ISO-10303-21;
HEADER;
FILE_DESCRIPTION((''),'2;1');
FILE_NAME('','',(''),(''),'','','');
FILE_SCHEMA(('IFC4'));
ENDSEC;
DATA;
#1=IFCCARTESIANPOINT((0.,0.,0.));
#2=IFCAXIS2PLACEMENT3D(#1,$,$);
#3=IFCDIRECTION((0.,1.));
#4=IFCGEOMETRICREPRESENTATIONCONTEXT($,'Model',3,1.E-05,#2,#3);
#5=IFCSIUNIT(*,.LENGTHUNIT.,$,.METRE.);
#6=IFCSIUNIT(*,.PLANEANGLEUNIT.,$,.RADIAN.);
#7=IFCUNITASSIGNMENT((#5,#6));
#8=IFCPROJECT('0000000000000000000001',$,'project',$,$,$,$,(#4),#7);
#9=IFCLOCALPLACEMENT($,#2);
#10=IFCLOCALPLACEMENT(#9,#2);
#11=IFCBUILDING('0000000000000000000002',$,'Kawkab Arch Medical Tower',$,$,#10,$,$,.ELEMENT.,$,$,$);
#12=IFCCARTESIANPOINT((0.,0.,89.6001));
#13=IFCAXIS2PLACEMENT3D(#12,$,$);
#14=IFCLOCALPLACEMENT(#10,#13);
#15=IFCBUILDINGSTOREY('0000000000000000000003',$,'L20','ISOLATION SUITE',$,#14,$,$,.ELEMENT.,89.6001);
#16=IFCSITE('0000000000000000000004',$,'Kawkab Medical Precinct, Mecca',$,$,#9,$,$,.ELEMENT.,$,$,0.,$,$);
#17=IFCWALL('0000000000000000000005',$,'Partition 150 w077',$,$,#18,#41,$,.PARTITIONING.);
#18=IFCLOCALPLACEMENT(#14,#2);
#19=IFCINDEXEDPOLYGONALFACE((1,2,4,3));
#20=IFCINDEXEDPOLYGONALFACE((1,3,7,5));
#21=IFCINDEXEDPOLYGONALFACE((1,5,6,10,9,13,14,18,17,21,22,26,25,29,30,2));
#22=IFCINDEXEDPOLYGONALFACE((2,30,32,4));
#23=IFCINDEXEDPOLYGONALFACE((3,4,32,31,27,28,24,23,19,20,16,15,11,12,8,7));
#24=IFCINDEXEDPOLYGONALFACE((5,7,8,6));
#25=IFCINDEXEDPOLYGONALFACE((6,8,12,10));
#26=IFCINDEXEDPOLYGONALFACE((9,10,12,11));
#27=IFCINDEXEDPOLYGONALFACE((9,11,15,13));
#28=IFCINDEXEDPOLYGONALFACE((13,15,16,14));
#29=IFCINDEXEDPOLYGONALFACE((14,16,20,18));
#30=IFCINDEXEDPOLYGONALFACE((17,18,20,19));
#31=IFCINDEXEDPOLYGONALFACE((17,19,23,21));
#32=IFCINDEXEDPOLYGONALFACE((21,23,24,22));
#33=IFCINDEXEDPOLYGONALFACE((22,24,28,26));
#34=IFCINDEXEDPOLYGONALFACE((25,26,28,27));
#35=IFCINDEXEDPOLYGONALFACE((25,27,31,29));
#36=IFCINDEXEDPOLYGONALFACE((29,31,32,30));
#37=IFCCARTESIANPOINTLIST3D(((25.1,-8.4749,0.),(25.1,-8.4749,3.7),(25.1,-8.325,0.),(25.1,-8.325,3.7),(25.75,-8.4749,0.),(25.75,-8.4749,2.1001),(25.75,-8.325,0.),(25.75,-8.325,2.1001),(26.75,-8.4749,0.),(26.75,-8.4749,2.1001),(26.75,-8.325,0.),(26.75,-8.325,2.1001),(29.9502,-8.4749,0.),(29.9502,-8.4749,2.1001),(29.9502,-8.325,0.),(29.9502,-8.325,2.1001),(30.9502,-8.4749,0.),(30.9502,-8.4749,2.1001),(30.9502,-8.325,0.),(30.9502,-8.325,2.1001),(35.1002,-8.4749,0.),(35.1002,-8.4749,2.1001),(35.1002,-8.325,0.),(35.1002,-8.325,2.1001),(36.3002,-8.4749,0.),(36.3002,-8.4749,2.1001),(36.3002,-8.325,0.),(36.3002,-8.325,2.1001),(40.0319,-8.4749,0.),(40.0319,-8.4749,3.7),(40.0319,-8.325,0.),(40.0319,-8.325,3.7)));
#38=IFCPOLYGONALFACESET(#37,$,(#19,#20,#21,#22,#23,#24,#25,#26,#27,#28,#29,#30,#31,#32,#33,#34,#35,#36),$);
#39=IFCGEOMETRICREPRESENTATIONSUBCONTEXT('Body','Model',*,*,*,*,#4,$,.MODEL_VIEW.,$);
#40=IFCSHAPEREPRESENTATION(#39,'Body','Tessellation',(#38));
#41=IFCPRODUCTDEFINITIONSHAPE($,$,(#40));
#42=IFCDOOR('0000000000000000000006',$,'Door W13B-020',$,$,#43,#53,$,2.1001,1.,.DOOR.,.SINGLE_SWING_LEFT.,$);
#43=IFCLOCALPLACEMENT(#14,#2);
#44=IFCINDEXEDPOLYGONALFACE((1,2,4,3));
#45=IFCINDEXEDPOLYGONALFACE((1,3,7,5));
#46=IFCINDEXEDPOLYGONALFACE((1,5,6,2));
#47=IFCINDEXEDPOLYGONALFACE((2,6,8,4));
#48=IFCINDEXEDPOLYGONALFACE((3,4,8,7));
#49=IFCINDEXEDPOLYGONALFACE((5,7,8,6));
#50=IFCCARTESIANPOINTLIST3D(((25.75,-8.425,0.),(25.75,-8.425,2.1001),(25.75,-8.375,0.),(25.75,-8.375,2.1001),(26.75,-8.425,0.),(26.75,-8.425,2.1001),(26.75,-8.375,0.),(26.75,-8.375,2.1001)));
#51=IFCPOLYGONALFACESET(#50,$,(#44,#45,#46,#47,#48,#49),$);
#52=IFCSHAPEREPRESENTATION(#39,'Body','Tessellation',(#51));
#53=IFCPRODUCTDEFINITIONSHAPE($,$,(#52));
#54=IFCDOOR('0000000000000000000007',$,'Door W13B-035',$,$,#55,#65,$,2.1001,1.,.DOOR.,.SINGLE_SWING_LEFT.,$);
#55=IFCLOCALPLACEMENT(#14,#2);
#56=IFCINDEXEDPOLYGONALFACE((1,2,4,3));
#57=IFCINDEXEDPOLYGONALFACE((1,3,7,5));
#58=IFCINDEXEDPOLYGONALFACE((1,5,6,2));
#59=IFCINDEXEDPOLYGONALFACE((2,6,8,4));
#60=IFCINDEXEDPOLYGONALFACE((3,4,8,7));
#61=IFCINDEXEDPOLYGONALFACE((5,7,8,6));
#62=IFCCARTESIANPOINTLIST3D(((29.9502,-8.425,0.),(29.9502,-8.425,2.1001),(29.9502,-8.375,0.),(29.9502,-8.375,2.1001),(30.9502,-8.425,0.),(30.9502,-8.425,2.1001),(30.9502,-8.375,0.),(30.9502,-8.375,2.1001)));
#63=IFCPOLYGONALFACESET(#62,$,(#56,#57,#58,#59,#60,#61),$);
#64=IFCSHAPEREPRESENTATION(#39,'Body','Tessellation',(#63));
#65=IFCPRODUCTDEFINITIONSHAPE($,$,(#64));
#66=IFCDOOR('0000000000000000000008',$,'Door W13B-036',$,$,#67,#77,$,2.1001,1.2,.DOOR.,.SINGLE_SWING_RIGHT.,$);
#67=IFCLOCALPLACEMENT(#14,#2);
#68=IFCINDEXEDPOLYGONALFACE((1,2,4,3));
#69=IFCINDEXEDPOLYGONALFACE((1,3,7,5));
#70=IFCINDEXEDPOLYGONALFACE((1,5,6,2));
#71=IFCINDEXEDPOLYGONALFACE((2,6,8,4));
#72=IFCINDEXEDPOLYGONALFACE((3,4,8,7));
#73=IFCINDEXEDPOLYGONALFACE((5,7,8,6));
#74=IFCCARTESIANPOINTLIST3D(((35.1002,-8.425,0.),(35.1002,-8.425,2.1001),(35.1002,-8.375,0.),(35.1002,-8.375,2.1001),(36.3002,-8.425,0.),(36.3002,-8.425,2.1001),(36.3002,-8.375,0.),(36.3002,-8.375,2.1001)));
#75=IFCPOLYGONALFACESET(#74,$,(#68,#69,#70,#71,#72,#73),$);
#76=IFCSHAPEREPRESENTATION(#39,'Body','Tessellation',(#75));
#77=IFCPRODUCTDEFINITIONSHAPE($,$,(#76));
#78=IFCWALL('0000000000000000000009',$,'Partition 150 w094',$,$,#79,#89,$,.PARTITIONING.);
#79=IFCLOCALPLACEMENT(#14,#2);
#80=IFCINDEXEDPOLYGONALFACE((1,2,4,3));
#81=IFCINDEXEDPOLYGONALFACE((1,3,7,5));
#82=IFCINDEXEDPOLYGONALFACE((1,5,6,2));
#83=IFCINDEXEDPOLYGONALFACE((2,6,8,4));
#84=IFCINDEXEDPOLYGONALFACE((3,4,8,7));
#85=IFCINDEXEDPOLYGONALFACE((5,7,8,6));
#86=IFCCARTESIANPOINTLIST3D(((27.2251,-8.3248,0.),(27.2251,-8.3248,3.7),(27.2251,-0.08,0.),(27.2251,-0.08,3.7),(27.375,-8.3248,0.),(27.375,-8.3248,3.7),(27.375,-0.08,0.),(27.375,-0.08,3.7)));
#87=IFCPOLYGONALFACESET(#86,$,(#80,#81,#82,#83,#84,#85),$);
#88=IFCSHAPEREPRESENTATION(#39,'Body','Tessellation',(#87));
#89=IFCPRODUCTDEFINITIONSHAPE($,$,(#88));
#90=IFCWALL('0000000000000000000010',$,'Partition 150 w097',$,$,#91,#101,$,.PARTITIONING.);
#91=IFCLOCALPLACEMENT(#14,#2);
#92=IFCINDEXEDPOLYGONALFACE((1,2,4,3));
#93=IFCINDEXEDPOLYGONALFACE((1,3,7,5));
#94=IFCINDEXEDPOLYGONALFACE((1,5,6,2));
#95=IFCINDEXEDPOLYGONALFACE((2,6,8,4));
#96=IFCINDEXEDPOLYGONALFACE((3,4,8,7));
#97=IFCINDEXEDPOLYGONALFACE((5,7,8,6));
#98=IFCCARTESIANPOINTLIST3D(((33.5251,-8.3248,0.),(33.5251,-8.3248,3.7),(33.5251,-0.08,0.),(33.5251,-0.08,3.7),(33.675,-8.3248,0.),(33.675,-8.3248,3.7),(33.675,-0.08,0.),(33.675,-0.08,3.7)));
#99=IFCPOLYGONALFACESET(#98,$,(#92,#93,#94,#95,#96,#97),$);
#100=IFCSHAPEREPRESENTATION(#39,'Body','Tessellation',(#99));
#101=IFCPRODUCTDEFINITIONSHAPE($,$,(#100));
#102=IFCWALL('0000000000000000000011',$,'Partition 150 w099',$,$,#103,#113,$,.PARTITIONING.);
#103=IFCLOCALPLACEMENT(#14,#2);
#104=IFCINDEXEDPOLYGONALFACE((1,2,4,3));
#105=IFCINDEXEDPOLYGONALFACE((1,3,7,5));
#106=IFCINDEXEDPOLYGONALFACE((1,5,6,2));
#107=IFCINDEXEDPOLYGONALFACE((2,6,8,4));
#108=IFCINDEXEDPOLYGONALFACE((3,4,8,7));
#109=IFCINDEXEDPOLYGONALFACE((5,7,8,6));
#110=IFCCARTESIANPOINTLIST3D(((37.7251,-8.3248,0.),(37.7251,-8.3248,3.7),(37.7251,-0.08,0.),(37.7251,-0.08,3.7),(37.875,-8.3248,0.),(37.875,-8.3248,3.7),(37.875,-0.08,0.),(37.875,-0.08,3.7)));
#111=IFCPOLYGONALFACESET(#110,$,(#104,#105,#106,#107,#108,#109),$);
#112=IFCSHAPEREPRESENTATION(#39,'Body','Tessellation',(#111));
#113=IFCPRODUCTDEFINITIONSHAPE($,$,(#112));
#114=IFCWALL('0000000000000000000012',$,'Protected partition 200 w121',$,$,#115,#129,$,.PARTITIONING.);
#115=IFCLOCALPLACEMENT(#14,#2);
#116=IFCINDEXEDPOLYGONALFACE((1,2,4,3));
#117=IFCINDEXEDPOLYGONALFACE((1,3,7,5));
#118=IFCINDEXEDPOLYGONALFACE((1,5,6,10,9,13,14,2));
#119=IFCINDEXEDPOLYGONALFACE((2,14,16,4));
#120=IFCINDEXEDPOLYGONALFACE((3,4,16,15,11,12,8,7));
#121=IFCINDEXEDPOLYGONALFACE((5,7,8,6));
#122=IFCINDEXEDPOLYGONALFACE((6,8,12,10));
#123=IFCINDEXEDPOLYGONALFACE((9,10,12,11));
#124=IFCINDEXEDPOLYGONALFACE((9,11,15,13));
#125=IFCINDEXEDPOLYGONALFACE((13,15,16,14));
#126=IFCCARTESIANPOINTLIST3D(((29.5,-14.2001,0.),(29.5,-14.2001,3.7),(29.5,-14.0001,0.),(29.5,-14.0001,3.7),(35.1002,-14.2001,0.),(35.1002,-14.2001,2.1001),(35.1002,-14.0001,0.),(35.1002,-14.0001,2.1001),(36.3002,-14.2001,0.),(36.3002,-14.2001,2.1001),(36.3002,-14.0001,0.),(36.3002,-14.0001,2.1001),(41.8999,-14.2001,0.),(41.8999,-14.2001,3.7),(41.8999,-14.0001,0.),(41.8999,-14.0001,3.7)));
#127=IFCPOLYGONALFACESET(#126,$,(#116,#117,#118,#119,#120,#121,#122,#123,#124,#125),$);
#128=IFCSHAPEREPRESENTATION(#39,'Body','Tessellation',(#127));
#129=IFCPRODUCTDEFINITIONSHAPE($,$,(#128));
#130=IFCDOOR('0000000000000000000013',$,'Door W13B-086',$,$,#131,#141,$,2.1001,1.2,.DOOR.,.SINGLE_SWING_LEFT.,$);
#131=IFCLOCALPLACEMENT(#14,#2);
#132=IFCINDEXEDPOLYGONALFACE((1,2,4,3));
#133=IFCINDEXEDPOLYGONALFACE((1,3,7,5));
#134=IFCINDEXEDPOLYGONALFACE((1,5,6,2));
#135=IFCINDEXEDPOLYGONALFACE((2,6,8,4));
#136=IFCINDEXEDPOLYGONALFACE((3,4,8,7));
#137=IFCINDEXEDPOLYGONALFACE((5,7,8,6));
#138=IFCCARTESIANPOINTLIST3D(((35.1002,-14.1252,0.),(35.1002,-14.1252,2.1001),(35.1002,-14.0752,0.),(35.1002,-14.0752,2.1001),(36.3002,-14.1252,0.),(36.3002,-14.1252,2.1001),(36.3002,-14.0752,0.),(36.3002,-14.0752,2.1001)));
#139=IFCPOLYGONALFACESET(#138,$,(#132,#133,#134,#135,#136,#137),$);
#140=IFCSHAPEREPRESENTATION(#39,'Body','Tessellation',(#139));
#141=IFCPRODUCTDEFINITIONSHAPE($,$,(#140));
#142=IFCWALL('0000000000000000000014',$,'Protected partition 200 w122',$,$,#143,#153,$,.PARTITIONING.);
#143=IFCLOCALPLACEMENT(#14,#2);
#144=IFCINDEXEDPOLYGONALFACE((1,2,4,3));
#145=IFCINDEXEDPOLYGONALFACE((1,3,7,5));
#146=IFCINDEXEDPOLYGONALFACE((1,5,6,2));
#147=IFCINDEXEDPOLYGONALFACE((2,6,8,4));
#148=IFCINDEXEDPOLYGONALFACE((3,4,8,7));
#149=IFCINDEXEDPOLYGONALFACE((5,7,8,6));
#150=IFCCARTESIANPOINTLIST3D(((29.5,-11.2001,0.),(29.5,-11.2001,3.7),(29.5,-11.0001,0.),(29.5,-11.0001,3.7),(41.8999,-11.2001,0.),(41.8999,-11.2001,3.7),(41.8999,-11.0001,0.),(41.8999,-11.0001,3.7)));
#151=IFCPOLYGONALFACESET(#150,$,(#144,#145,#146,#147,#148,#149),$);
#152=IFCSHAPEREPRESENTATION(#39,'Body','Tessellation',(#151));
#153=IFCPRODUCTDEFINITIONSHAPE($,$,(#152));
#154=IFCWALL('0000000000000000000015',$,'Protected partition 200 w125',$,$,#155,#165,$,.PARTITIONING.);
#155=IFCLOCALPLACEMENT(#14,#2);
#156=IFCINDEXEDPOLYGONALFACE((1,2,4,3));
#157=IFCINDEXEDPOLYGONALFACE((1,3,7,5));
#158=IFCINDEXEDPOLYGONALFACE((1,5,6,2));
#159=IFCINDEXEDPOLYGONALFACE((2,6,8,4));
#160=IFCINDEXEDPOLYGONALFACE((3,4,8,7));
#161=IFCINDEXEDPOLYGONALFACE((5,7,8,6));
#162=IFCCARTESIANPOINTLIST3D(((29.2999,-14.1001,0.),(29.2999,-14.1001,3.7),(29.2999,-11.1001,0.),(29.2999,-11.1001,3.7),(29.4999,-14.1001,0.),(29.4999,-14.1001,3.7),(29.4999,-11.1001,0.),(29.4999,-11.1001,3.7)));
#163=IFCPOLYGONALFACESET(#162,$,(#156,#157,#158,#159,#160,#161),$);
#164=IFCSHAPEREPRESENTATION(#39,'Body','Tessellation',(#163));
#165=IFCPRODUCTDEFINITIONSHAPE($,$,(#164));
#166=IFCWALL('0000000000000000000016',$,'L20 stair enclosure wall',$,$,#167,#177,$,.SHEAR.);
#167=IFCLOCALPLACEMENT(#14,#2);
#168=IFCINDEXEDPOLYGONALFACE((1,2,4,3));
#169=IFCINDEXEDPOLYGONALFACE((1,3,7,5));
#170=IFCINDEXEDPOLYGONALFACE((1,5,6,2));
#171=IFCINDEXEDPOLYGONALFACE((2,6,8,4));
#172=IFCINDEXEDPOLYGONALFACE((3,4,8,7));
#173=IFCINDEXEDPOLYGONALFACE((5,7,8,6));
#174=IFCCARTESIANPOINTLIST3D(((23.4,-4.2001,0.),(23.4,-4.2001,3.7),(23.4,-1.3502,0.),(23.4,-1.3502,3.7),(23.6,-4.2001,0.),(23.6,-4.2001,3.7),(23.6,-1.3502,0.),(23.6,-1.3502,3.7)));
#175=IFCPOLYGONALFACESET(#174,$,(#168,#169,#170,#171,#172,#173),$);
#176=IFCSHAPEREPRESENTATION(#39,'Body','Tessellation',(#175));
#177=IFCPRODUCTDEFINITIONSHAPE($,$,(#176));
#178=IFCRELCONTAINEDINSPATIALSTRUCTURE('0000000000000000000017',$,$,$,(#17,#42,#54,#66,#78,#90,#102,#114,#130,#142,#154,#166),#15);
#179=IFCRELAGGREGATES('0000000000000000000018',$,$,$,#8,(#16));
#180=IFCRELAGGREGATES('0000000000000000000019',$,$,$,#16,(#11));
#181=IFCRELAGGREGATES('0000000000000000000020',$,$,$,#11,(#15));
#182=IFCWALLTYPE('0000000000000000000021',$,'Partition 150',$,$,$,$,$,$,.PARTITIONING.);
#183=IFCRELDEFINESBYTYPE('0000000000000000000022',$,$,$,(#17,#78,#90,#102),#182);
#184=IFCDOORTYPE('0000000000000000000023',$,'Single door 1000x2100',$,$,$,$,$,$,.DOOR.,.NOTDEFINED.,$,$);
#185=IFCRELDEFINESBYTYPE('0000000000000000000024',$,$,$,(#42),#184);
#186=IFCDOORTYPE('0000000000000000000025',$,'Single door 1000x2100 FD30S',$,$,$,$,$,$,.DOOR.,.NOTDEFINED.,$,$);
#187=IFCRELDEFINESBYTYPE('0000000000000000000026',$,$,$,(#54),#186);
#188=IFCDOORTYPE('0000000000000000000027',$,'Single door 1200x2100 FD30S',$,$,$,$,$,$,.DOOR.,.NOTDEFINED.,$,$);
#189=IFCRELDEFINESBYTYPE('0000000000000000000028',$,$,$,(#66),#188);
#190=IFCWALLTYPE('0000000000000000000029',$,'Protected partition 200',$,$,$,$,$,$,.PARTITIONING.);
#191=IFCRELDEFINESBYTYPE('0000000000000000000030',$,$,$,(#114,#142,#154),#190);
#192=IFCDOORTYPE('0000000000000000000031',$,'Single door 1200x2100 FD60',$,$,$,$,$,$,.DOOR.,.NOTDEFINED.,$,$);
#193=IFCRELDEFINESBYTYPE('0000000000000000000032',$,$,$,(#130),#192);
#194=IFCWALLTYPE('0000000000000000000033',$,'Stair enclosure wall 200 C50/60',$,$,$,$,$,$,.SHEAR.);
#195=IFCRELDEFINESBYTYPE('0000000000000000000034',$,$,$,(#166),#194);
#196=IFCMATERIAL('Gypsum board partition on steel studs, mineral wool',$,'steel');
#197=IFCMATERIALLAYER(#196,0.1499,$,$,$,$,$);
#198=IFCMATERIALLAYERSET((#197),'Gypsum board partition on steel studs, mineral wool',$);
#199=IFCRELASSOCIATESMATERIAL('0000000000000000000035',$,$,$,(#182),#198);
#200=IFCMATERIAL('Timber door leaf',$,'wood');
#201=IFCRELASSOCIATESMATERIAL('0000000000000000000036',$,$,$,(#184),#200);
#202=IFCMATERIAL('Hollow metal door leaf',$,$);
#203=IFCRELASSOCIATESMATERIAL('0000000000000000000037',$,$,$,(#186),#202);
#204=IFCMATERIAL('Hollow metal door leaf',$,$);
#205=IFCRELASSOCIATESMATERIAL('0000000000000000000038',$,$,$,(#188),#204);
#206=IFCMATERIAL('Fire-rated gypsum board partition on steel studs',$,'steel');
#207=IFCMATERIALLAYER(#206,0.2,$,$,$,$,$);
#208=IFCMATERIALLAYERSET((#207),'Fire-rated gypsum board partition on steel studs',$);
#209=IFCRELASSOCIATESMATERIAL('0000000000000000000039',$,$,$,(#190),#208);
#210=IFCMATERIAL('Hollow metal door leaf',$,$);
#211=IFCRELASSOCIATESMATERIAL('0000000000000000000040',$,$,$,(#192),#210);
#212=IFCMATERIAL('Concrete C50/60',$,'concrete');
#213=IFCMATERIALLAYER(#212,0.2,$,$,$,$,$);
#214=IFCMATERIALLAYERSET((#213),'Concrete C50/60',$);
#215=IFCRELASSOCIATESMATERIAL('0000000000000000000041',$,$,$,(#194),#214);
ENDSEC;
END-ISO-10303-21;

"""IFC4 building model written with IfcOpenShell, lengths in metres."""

from ifc_helpers import new_model, si_unit, direction, frame, frame_2d, origin, place, context, subcontext, project, spatial, rectangle, extrude, material, layer, layer_set, type_object, element, fill, save


model = new_model("IFC4")

# Units and contexts
model_context = context("Model", 3, precision=1e-05, world=origin(), true_north=direction((0.0, 1.0)))
body_context = subcontext(model_context, "Body", "Model", "MODEL_VIEW")
ifc_project = project(units=[si_unit("LENGTHUNIT", "METRE"), si_unit("PLANEANGLEUNIT", "RADIAN")], contexts=[model_context])

# Site, building, storey
site_placement = place(None, origin())
site = spatial("IfcSite", under=ifc_project, at=site_placement, Name="Kawkab Medical Precinct, Mecca", CompositionType="ELEMENT", RefElevation=0.0)
building_placement = place(site_placement, origin())
building = spatial("IfcBuilding", under=site, at=building_placement, Name="Kawkab Arch Medical Tower", CompositionType="ELEMENT")
storey_placement = place(building_placement, frame((0.0, 0.0, 89.6001)))
storey = spatial("IfcBuildingStorey", under=building, at=storey_placement, Name="L20", Description="ISOLATION SUITE", CompositionType="ELEMENT", Elevation=89.6001)

# Wall, openings, doors
ifc_material_1 = material(Name="Gypsum board partition on steel studs, mineral wool", Category="steel")
ifc_layer_1 = layer(ifc_material_1, 0.1499)
ifc_layer_set_1 = layer_set([ifc_layer_1], Name="Gypsum board partition on steel studs, mineral wool")
wall_type_1 = type_object("IfcWallType", Name="Partition 150", PredefinedType="PARTITIONING", material=ifc_layer_set_1)
wall_1_placement = place(storey_placement, frame((25.1001, -8.3999, 0.0), z_axis=(0.0, 0.0, 1.0), x_axis=(1.0, 0.0, 0.0)))
wall_1 = element("IfcWall", 1, at=wall_1_placement, inside=storey, type_object=wall_type_1, Name="Partition 150 w077", PredefinedType="PARTITIONING", context=body_context, shape_type="SweptSolid", body=[
    extrude(rectangle(XDim=14.9319, YDim=0.1499, at=frame_2d((7.4658, 0.0))), origin(), (0.0, 0.0, 1.0), 3.7),
])
opening_1_placement = place(wall_1_placement, frame((10.0, 0.0, 0.0)))
opening_1 = element("IfcOpeningElement", 2, at=opening_1_placement, cuts=wall_1, PredefinedType="OPENING", context=body_context, shape_type="SweptSolid", body=[
    extrude(rectangle(XDim=1.2, YDim=2.1001, at=frame_2d((0.6001, 1.05))), frame((0.0, 0.085, 0.0), z_axis=(0.0, -1.0, 0.0), x_axis=(1.0, 0.0, 0.0)), (0.0, 0.0, 1.0), 0.1699),
])
opening_2_placement = place(wall_1_placement, frame((0.6499, 0.0, 0.0)))
opening_2 = element("IfcOpeningElement", 3, at=opening_2_placement, cuts=wall_1, PredefinedType="OPENING", context=body_context, shape_type="SweptSolid", body=[
    extrude(rectangle(XDim=1.0, YDim=2.1001, at=frame_2d((0.5, 1.05))), frame((0.0, 0.085, 0.0), z_axis=(0.0, -1.0, 0.0), x_axis=(1.0, 0.0, 0.0)), (0.0, 0.0, 1.0), 0.1699),
])
opening_3_placement = place(wall_1_placement, frame((4.8501, 0.0, 0.0)))
opening_3 = element("IfcOpeningElement", 4, at=opening_3_placement, cuts=wall_1, PredefinedType="OPENING", context=body_context, shape_type="SweptSolid", body=[
    extrude(rectangle(XDim=1.0, YDim=2.1001, at=frame_2d((0.5, 1.05))), frame((0.0, 0.085, 0.0), z_axis=(0.0, -1.0, 0.0), x_axis=(1.0, 0.0, 0.0)), (0.0, 0.0, 1.0), 0.1699),
])
ifc_material_2 = material(Name="Timber door leaf", Category="wood")
door_type_1 = type_object("IfcDoorType", Name="Single door 1000x2100", OperationType="NOTDEFINED", PredefinedType="DOOR", material=ifc_material_2)
door_1_placement = place(opening_2_placement, origin())
door_1 = element("IfcDoor", 5, at=door_1_placement, inside=storey, type_object=door_type_1, Name="Door W13B-020", OperationType="SINGLE_SWING_LEFT", OverallHeight=2.1001, OverallWidth=1.0, PredefinedType="DOOR", context=body_context, shape_type="SweptSolid", body=[
    extrude(rectangle(XDim=1.0, YDim=2.1001, at=frame_2d((0.5, 1.05))), frame((0.0, 0.0249, 0.0), z_axis=(0.0, -1.0, 0.0), x_axis=(1.0, 0.0, 0.0)), (0.0, 0.0, 1.0), 0.05),
])
fill(opening_2, door_1)
ifc_material_3 = material(Name="Hollow metal door leaf")
door_type_2 = type_object("IfcDoorType", Name="Single door 1000x2100 FD30S", OperationType="NOTDEFINED", PredefinedType="DOOR", material=ifc_material_3)
door_2_placement = place(opening_3_placement, origin())
door_2 = element("IfcDoor", 6, at=door_2_placement, inside=storey, type_object=door_type_2, Name="Door W13B-035", OperationType="SINGLE_SWING_LEFT", OverallHeight=2.1001, OverallWidth=1.0, PredefinedType="DOOR", context=body_context, shape_type="SweptSolid", body=[
    extrude(rectangle(XDim=1.0, YDim=2.1001, at=frame_2d((0.5, 1.05))), frame((0.0, 0.0249, 0.0), z_axis=(0.0, -1.0, 0.0), x_axis=(1.0, 0.0, 0.0)), (0.0, 0.0, 1.0), 0.05),
])
fill(opening_3, door_2)
ifc_material_4 = material(Name="Hollow metal door leaf")
door_type_3 = type_object("IfcDoorType", Name="Single door 1200x2100 FD30S", OperationType="NOTDEFINED", PredefinedType="DOOR", material=ifc_material_4)
door_3_placement = place(opening_1_placement, origin())
door_3 = element("IfcDoor", 7, at=door_3_placement, inside=storey, type_object=door_type_3, Name="Door W13B-036", OperationType="SINGLE_SWING_RIGHT", OverallHeight=2.1001, OverallWidth=1.2, PredefinedType="DOOR", context=body_context, shape_type="SweptSolid", body=[
    extrude(rectangle(XDim=1.2, YDim=2.1001, at=frame_2d((0.6001, 1.05))), frame((0.0, 0.0249, 0.0), z_axis=(0.0, -1.0, 0.0), x_axis=(1.0, 0.0, 0.0)), (0.0, 0.0, 1.0), 0.05),
])
fill(opening_1, door_3)

# Walls
for number, where, z_axis, x_axis, name in (
    (8, (27.3, -8.325, 0.0), (0.0, 0.0, 1.0), (0.0, 1.0, 0.0), "Partition 150 w094"),
    (9, (33.6001, -8.325, 0.0), (0.0, 0.0, 1.0), (0.0, 1.0, 0.0), "Partition 150 w097"),
    (10, (37.8, -8.325, 0.0), (0.0, 0.0, 1.0), (0.0, 1.0, 0.0), "Partition 150 w099"),
):
    element("IfcWall", number, at=place(storey_placement, frame(where, z_axis=z_axis, x_axis=x_axis)), inside=storey, type_object=wall_type_1, Name=name, PredefinedType="PARTITIONING", context=body_context, shape_type="SweptSolid", body=[
        extrude(rectangle(XDim=8.2449, YDim=0.1499, at=frame_2d((4.1226, 0.0))), origin(), (0.0, 0.0, 1.0), 3.7),
    ])

# Wall, opening, door
ifc_material_5 = material(Name="Fire-rated gypsum board partition on steel studs", Category="steel")
ifc_layer_2 = layer(ifc_material_5, 0.2)
ifc_layer_set_2 = layer_set([ifc_layer_2], Name="Fire-rated gypsum board partition on steel studs")
wall_type_2 = type_object("IfcWallType", Name="Protected partition 200", PredefinedType="PARTITIONING", material=ifc_layer_set_2)
wall_2_placement = place(storey_placement, frame((29.5, -14.1001, 0.0), z_axis=(0.0, 0.0, 1.0), x_axis=(1.0, 0.0, 0.0)))
wall_2 = element("IfcWall", 11, at=wall_2_placement, inside=storey, type_object=wall_type_2, Name="Protected partition 200 w121", PredefinedType="PARTITIONING", context=body_context, shape_type="SweptSolid", body=[
    extrude(rectangle(XDim=12.3999, YDim=0.2, at=frame_2d((6.2, 0.0))), origin(), (0.0, 0.0, 1.0), 3.7),
])
opening_4_placement = place(wall_2_placement, frame((5.6001, 0.0, 0.0)))
opening_4 = element("IfcOpeningElement", 12, at=opening_4_placement, cuts=wall_2, PredefinedType="OPENING", context=body_context, shape_type="SweptSolid", body=[
    extrude(rectangle(XDim=1.2, YDim=2.1001, at=frame_2d((0.6001, 1.05))), frame((0.0, 0.1099, 0.0), z_axis=(0.0, -1.0, 0.0), x_axis=(1.0, 0.0, 0.0)), (0.0, 0.0, 1.0), 0.22),
])
ifc_material_6 = material(Name="Hollow metal door leaf")
door_type_4 = type_object("IfcDoorType", Name="Single door 1200x2100 FD60", OperationType="NOTDEFINED", PredefinedType="DOOR", material=ifc_material_6)
door_4_placement = place(opening_4_placement, origin())
door_4 = element("IfcDoor", 13, at=door_4_placement, inside=storey, type_object=door_type_4, Name="Door W13B-086", OperationType="SINGLE_SWING_LEFT", OverallHeight=2.1001, OverallWidth=1.2, PredefinedType="DOOR", context=body_context, shape_type="SweptSolid", body=[
    extrude(rectangle(XDim=1.2, YDim=2.1001, at=frame_2d((0.6001, 1.05))), frame((0.0, 0.0249, 0.0), z_axis=(0.0, -1.0, 0.0), x_axis=(1.0, 0.0, 0.0)), (0.0, 0.0, 1.0), 0.05),
])
fill(opening_4, door_4)

# Walls
wall_3_placement = place(storey_placement, frame((29.5, -11.1001, 0.0), z_axis=(0.0, 0.0, 1.0), x_axis=(1.0, 0.0, 0.0)))
element("IfcWall", 14, at=wall_3_placement, inside=storey, type_object=wall_type_2, Name="Protected partition 200 w122", PredefinedType="PARTITIONING", context=body_context, shape_type="SweptSolid", body=[
    extrude(rectangle(XDim=12.3999, YDim=0.2, at=frame_2d((6.2, 0.0))), origin(), (0.0, 0.0, 1.0), 3.7),
])
wall_4_placement = place(storey_placement, frame((29.3999, -14.1001, 0.0), z_axis=(0.0, 0.0, 1.0), x_axis=(0.0, 1.0, 0.0)))
element("IfcWall", 15, at=wall_4_placement, inside=storey, type_object=wall_type_2, Name="Protected partition 200 w125", PredefinedType="PARTITIONING", context=body_context, shape_type="SweptSolid", body=[
    extrude(rectangle(XDim=3.0, YDim=0.2, at=frame_2d((1.5, 0.0))), origin(), (0.0, 0.0, 1.0), 3.7),
])
ifc_material_7 = material(Name="Concrete C50/60", Category="concrete")
ifc_layer_3 = layer(ifc_material_7, 0.2)
ifc_layer_set_3 = layer_set([ifc_layer_3], Name="Concrete C50/60")
wall_type_3 = type_object("IfcWallType", Name="Stair enclosure wall 200 C50/60", PredefinedType="SHEAR", material=ifc_layer_set_3)
wall_5_placement = place(storey_placement, frame((23.5, -4.2, 0.0), z_axis=(0.0, 0.0, 1.0), x_axis=(0.0, 1.0, 0.0)))
element("IfcWall", 16, at=wall_5_placement, inside=storey, type_object=wall_type_3, Name="L20 stair enclosure wall", PredefinedType="SHEAR", context=body_context, shape_type="SweptSolid", body=[
    extrude(rectangle(XDim=2.8499, YDim=0.2, at=frame_2d((1.4248, 0.0))), origin(), (0.0, 0.0, 1.0), 3.7),
])

save(model, "model.ifc")
